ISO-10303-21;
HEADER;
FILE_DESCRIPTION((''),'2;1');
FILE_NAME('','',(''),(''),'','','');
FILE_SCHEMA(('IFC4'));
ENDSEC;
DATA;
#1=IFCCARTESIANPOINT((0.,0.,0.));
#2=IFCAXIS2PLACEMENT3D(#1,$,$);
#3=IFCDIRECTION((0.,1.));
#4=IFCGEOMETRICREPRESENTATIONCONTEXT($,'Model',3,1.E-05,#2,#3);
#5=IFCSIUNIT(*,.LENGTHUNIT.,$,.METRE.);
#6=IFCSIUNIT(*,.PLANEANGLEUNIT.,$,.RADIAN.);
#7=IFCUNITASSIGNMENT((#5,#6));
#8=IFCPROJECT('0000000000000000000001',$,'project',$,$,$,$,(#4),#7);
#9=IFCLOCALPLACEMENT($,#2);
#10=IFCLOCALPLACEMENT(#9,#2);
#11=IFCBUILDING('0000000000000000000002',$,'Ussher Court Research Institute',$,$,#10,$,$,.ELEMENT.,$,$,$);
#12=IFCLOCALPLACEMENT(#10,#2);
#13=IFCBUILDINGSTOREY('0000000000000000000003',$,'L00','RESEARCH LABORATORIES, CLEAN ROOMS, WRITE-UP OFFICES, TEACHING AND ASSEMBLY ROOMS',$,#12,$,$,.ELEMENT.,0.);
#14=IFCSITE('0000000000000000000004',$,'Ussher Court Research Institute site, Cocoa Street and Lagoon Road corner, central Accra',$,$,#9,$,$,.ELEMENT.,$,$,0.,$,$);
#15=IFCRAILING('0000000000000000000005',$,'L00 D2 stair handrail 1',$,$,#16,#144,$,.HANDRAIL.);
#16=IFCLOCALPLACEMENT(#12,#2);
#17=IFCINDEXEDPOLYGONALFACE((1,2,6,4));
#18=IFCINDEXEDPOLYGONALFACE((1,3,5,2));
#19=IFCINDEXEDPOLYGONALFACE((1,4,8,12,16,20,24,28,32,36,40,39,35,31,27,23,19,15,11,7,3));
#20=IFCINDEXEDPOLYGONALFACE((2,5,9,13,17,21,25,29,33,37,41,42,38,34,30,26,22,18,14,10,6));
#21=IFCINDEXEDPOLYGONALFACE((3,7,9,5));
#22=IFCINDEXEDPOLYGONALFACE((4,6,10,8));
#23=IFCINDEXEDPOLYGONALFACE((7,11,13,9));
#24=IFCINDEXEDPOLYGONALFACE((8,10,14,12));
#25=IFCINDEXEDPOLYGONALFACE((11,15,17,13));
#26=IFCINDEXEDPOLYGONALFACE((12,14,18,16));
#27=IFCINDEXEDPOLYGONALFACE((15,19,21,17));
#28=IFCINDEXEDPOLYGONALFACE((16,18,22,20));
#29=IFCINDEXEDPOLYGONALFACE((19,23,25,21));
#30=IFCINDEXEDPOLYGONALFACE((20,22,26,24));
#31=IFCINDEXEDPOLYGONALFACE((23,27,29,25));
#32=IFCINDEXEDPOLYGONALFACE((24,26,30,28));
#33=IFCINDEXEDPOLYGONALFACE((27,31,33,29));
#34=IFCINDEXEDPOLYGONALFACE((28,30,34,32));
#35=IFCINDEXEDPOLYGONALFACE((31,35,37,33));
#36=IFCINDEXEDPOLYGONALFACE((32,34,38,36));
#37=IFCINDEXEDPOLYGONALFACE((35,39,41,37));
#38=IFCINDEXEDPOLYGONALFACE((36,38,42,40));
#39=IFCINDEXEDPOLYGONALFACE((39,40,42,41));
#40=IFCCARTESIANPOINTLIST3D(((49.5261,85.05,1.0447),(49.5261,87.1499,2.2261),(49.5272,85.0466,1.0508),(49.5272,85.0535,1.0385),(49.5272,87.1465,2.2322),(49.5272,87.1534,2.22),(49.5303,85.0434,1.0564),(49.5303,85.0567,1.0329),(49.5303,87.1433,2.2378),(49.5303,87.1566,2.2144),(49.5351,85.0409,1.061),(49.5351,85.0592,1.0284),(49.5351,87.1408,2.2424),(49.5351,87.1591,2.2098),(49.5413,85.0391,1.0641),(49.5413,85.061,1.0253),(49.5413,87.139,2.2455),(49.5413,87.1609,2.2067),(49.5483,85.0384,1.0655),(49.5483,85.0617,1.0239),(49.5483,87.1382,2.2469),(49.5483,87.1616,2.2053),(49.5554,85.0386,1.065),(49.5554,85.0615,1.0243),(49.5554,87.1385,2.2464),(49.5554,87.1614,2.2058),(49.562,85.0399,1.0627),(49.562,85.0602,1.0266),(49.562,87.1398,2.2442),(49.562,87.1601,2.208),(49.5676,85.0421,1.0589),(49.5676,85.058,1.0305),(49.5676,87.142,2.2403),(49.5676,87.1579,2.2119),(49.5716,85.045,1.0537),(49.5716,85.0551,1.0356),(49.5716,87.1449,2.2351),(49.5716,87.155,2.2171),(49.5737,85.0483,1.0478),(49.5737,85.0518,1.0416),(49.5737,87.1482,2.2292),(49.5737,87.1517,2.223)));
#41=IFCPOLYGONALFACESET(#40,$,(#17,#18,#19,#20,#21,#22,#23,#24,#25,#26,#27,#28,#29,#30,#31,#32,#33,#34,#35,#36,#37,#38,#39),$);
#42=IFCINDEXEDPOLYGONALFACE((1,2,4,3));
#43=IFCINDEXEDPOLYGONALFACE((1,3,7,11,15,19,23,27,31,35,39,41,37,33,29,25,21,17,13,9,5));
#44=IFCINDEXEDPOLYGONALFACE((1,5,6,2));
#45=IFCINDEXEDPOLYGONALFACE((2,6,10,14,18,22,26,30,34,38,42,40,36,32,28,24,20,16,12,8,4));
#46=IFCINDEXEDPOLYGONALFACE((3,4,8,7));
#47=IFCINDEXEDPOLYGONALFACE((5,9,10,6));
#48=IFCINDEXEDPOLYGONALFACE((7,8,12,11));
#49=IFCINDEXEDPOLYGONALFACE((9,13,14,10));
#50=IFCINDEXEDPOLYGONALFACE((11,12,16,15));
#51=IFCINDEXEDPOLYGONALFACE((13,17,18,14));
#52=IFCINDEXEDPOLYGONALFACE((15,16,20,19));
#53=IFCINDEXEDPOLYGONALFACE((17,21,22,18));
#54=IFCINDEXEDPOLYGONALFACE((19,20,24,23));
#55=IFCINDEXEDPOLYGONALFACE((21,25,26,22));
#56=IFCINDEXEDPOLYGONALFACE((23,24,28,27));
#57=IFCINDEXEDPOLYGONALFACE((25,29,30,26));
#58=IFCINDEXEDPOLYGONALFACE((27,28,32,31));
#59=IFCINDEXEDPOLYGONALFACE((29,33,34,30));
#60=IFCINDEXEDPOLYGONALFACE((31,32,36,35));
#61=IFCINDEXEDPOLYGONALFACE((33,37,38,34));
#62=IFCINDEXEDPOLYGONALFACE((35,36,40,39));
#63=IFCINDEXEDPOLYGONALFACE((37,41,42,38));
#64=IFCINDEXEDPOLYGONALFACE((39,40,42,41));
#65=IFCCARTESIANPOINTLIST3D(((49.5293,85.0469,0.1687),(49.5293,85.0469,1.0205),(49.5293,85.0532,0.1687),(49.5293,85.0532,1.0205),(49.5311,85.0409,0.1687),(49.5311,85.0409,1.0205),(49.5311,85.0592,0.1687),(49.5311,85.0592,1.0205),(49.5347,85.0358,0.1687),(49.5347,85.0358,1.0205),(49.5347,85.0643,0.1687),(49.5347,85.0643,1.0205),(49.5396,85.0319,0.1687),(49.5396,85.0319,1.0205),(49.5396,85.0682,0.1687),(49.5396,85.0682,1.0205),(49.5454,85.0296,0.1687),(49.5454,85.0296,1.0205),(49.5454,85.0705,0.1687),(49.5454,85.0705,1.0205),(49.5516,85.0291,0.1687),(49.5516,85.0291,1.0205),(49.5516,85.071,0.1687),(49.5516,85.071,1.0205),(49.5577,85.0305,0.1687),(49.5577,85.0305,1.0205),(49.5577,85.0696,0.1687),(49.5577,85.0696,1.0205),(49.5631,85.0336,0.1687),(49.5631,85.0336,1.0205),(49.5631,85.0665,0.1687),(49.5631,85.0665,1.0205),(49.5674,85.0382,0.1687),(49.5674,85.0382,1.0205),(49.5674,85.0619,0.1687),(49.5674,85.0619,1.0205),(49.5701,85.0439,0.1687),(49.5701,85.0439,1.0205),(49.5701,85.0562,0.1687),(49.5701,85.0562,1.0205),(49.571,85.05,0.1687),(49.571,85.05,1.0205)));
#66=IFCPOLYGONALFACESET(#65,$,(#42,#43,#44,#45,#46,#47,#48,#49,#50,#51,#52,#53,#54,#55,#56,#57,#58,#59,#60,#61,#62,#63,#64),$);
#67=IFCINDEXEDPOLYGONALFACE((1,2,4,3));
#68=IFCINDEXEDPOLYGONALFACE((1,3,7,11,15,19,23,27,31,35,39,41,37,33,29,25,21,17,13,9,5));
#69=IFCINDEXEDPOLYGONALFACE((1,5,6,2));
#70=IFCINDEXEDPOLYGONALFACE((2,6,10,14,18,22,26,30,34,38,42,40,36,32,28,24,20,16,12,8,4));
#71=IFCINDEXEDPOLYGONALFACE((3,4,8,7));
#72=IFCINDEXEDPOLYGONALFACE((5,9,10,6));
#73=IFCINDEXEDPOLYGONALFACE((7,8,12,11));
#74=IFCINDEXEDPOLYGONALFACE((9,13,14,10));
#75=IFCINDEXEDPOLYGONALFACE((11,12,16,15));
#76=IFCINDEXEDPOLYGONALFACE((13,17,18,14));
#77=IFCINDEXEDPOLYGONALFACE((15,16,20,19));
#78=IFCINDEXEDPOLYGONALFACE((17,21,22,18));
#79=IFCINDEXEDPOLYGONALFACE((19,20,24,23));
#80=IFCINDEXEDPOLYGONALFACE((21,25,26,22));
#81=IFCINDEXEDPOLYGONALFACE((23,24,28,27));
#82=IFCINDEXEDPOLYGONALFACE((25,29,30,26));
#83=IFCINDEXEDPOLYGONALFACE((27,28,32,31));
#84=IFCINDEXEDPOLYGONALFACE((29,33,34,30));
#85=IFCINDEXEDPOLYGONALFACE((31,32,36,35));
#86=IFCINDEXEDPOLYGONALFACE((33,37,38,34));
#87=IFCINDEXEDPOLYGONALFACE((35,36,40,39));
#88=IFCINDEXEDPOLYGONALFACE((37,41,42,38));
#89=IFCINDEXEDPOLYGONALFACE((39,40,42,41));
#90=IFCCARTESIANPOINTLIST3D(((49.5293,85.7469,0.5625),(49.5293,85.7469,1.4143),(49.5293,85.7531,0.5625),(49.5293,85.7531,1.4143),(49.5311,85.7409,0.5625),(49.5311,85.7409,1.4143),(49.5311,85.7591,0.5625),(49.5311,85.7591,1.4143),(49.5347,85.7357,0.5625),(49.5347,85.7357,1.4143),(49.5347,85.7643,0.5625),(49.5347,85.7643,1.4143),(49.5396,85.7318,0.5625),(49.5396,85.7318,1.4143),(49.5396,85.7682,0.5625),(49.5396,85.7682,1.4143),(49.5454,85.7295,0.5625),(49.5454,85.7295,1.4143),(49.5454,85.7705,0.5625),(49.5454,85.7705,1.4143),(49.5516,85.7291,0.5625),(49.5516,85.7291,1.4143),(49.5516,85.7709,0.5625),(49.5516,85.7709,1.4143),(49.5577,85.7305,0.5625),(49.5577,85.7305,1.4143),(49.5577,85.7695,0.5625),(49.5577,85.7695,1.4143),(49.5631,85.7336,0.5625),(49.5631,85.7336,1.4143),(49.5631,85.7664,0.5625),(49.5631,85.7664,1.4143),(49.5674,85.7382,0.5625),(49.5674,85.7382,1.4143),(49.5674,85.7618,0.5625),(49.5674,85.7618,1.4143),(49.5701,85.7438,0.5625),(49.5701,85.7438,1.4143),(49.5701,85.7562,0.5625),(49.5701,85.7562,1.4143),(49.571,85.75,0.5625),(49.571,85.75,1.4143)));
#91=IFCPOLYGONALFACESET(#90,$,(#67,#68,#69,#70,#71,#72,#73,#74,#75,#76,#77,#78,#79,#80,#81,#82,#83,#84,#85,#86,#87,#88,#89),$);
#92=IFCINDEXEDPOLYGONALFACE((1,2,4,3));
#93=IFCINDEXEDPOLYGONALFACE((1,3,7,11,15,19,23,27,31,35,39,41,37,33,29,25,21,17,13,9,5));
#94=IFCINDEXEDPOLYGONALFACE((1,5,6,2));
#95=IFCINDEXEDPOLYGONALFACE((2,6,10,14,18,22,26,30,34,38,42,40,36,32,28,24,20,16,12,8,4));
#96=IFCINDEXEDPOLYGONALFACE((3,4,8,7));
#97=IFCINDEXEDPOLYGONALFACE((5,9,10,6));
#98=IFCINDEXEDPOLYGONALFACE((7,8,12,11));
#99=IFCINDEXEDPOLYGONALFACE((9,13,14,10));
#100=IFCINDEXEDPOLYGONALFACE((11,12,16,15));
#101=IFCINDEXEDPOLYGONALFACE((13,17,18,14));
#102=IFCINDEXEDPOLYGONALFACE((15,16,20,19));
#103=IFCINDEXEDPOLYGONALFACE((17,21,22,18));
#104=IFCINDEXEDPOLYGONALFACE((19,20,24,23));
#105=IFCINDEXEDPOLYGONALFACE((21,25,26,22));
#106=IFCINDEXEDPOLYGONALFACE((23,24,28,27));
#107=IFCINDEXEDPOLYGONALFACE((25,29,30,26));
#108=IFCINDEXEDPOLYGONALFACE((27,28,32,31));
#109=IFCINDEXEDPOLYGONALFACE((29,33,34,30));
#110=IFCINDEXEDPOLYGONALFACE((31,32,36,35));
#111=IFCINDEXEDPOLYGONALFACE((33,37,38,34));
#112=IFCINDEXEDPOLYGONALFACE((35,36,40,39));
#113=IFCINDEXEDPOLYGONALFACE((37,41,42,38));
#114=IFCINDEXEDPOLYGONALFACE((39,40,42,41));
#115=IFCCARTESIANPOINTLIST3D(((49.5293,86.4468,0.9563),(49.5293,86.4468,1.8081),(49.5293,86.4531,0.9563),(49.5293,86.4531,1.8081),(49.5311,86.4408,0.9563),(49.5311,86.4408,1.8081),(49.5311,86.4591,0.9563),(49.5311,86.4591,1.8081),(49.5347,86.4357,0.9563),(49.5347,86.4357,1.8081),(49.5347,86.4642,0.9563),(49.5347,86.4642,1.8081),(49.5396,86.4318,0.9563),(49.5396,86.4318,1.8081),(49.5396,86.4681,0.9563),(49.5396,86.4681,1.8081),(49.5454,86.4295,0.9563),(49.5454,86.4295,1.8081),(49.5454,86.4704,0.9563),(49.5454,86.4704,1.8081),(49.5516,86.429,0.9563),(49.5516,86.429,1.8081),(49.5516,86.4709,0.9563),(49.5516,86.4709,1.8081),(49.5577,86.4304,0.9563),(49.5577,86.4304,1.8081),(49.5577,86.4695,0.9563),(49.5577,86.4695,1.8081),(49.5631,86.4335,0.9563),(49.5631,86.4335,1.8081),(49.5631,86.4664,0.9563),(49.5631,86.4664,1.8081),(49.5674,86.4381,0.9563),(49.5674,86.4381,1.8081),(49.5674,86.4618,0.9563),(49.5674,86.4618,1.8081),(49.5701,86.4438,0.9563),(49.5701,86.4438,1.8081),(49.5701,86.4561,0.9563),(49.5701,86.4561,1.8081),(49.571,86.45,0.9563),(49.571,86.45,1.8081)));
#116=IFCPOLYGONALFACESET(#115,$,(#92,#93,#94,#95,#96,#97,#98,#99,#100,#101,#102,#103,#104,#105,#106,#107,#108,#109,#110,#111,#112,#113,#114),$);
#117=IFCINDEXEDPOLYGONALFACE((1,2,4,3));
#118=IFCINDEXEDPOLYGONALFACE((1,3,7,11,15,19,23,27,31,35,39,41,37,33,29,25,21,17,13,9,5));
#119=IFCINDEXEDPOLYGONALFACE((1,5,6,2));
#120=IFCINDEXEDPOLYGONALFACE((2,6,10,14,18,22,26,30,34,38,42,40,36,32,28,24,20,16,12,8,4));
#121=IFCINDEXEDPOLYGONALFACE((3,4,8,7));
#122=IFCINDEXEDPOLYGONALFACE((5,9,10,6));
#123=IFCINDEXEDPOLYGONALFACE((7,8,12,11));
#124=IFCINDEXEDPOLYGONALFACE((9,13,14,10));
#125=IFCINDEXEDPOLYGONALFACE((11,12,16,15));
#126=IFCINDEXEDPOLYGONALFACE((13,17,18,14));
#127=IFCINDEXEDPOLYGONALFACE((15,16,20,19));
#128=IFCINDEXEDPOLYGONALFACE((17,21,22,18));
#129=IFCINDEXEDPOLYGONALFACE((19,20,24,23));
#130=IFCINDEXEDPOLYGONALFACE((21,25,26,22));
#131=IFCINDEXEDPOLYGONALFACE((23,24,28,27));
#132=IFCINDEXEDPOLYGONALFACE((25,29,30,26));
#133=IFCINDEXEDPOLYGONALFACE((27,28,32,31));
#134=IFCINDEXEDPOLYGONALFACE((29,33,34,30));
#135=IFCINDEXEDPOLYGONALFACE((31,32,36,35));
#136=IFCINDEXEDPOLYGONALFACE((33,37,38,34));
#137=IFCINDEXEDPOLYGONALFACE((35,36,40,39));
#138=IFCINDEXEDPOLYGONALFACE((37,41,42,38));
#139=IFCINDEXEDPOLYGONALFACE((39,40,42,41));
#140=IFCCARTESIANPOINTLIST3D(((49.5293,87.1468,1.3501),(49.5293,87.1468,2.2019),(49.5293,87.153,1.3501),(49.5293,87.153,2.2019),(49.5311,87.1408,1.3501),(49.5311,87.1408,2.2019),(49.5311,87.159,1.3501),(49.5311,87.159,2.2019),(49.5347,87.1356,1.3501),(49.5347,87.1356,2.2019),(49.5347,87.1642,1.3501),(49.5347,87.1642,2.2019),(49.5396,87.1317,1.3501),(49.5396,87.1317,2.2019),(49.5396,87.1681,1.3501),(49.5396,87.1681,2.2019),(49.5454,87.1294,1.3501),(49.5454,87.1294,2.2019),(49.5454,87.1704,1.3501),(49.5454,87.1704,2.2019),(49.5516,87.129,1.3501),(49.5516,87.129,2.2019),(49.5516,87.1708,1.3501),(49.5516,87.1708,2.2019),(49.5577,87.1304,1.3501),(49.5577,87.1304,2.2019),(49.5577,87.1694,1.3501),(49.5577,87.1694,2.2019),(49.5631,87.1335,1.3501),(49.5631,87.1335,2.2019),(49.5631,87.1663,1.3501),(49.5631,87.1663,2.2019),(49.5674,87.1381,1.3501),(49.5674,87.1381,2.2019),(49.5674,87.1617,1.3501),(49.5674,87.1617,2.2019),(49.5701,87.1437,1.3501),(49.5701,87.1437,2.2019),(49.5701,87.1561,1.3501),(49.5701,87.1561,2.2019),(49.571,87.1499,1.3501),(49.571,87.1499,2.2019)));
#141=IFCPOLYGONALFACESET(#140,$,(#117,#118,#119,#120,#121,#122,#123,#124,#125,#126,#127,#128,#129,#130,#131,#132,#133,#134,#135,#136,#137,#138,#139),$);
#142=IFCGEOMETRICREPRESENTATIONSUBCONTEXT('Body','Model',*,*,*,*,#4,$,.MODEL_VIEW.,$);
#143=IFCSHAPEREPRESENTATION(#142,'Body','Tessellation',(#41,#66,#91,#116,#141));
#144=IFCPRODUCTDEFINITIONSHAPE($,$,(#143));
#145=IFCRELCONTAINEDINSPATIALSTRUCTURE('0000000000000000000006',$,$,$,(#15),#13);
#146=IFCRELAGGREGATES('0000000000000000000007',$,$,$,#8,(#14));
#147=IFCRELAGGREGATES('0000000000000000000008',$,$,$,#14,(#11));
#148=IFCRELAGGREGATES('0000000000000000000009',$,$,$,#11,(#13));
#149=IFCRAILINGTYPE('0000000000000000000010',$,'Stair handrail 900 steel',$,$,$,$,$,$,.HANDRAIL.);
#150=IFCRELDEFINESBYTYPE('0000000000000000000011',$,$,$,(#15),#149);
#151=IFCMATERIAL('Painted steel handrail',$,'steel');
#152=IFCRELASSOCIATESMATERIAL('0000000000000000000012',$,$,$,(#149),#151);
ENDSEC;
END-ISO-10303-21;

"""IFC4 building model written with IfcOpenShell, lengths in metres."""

from ifc_helpers import new_model, si_unit, direction, frame, origin, origin_2d, place, context, subcontext, project, spatial, circle, extrude, material, type_object, element, save


model = new_model("IFC4")

# Units and contexts
model_context = context("Model", 3, precision=1e-05, world=origin(), true_north=direction((0.0, 1.0)))
body_context = subcontext(model_context, "Body", "Model", "MODEL_VIEW")
ifc_project = project(units=[si_unit("LENGTHUNIT", "METRE"), si_unit("PLANEANGLEUNIT", "RADIAN")], contexts=[model_context])

# Site, building, storey
site_placement = place(None, origin())
site = spatial("IfcSite", under=ifc_project, at=site_placement, Name="Ussher Court Research Institute site, Cocoa Street and Lagoon Road corner, central Accra", CompositionType="ELEMENT", RefElevation=0.0)
building_placement = place(site_placement, origin())
building = spatial("IfcBuilding", under=site, at=building_placement, Name="Ussher Court Research Institute", CompositionType="ELEMENT")
storey_placement = place(building_placement, origin())
storey = spatial("IfcBuildingStorey", under=building, at=storey_placement, Name="L00", Description="RESEARCH LABORATORIES, CLEAN ROOMS, WRITE-UP OFFICES, TEACHING AND ASSEMBLY ROOMS", CompositionType="ELEMENT", Elevation=0.0)

# Railing
ifc_material_1 = material(Name="Painted steel handrail", Category="steel")
railing_type_1 = type_object("IfcRailingType", Name="Stair handrail 900 steel", PredefinedType="HANDRAIL", material=ifc_material_1)
railing_1_placement = place(storey_placement, frame((49.55, 85.05, 0.1687)))
element("IfcRailing", 1, at=railing_1_placement, inside=storey, type_object=railing_type_1, Name="L00 D2 stair handrail 1", PredefinedType="HANDRAIL", context=body_context, shape_type="SweptSolid", body=[
    extrude(circle(Radius=0.0239, at=origin_2d()), frame((0.0, 0.0, 0.876), z_axis=(0.0, 0.871535, 0.490333), x_axis=(-1.0, 0.0, 0.0)), (0.0, 0.0, 1.0), 2.4094),
    extrude(circle(Radius=0.021, at=origin_2d()), origin(), (0.0, 0.0, 1.0), 0.8518),
    extrude(circle(Radius=0.021, at=origin_2d()), frame((0.0, 0.7, 0.3938)), (0.0, 0.0, 1.0), 0.8518),
    extrude(circle(Radius=0.021, at=origin_2d()), frame((0.0, 1.3999, 0.7876)), (0.0, 0.0, 1.0), 0.8518),
    extrude(circle(Radius=0.021, at=origin_2d()), frame((0.0, 2.0999, 1.1814)), (0.0, 0.0, 1.0), 0.8518),
])

save(model, "model.ifc")
